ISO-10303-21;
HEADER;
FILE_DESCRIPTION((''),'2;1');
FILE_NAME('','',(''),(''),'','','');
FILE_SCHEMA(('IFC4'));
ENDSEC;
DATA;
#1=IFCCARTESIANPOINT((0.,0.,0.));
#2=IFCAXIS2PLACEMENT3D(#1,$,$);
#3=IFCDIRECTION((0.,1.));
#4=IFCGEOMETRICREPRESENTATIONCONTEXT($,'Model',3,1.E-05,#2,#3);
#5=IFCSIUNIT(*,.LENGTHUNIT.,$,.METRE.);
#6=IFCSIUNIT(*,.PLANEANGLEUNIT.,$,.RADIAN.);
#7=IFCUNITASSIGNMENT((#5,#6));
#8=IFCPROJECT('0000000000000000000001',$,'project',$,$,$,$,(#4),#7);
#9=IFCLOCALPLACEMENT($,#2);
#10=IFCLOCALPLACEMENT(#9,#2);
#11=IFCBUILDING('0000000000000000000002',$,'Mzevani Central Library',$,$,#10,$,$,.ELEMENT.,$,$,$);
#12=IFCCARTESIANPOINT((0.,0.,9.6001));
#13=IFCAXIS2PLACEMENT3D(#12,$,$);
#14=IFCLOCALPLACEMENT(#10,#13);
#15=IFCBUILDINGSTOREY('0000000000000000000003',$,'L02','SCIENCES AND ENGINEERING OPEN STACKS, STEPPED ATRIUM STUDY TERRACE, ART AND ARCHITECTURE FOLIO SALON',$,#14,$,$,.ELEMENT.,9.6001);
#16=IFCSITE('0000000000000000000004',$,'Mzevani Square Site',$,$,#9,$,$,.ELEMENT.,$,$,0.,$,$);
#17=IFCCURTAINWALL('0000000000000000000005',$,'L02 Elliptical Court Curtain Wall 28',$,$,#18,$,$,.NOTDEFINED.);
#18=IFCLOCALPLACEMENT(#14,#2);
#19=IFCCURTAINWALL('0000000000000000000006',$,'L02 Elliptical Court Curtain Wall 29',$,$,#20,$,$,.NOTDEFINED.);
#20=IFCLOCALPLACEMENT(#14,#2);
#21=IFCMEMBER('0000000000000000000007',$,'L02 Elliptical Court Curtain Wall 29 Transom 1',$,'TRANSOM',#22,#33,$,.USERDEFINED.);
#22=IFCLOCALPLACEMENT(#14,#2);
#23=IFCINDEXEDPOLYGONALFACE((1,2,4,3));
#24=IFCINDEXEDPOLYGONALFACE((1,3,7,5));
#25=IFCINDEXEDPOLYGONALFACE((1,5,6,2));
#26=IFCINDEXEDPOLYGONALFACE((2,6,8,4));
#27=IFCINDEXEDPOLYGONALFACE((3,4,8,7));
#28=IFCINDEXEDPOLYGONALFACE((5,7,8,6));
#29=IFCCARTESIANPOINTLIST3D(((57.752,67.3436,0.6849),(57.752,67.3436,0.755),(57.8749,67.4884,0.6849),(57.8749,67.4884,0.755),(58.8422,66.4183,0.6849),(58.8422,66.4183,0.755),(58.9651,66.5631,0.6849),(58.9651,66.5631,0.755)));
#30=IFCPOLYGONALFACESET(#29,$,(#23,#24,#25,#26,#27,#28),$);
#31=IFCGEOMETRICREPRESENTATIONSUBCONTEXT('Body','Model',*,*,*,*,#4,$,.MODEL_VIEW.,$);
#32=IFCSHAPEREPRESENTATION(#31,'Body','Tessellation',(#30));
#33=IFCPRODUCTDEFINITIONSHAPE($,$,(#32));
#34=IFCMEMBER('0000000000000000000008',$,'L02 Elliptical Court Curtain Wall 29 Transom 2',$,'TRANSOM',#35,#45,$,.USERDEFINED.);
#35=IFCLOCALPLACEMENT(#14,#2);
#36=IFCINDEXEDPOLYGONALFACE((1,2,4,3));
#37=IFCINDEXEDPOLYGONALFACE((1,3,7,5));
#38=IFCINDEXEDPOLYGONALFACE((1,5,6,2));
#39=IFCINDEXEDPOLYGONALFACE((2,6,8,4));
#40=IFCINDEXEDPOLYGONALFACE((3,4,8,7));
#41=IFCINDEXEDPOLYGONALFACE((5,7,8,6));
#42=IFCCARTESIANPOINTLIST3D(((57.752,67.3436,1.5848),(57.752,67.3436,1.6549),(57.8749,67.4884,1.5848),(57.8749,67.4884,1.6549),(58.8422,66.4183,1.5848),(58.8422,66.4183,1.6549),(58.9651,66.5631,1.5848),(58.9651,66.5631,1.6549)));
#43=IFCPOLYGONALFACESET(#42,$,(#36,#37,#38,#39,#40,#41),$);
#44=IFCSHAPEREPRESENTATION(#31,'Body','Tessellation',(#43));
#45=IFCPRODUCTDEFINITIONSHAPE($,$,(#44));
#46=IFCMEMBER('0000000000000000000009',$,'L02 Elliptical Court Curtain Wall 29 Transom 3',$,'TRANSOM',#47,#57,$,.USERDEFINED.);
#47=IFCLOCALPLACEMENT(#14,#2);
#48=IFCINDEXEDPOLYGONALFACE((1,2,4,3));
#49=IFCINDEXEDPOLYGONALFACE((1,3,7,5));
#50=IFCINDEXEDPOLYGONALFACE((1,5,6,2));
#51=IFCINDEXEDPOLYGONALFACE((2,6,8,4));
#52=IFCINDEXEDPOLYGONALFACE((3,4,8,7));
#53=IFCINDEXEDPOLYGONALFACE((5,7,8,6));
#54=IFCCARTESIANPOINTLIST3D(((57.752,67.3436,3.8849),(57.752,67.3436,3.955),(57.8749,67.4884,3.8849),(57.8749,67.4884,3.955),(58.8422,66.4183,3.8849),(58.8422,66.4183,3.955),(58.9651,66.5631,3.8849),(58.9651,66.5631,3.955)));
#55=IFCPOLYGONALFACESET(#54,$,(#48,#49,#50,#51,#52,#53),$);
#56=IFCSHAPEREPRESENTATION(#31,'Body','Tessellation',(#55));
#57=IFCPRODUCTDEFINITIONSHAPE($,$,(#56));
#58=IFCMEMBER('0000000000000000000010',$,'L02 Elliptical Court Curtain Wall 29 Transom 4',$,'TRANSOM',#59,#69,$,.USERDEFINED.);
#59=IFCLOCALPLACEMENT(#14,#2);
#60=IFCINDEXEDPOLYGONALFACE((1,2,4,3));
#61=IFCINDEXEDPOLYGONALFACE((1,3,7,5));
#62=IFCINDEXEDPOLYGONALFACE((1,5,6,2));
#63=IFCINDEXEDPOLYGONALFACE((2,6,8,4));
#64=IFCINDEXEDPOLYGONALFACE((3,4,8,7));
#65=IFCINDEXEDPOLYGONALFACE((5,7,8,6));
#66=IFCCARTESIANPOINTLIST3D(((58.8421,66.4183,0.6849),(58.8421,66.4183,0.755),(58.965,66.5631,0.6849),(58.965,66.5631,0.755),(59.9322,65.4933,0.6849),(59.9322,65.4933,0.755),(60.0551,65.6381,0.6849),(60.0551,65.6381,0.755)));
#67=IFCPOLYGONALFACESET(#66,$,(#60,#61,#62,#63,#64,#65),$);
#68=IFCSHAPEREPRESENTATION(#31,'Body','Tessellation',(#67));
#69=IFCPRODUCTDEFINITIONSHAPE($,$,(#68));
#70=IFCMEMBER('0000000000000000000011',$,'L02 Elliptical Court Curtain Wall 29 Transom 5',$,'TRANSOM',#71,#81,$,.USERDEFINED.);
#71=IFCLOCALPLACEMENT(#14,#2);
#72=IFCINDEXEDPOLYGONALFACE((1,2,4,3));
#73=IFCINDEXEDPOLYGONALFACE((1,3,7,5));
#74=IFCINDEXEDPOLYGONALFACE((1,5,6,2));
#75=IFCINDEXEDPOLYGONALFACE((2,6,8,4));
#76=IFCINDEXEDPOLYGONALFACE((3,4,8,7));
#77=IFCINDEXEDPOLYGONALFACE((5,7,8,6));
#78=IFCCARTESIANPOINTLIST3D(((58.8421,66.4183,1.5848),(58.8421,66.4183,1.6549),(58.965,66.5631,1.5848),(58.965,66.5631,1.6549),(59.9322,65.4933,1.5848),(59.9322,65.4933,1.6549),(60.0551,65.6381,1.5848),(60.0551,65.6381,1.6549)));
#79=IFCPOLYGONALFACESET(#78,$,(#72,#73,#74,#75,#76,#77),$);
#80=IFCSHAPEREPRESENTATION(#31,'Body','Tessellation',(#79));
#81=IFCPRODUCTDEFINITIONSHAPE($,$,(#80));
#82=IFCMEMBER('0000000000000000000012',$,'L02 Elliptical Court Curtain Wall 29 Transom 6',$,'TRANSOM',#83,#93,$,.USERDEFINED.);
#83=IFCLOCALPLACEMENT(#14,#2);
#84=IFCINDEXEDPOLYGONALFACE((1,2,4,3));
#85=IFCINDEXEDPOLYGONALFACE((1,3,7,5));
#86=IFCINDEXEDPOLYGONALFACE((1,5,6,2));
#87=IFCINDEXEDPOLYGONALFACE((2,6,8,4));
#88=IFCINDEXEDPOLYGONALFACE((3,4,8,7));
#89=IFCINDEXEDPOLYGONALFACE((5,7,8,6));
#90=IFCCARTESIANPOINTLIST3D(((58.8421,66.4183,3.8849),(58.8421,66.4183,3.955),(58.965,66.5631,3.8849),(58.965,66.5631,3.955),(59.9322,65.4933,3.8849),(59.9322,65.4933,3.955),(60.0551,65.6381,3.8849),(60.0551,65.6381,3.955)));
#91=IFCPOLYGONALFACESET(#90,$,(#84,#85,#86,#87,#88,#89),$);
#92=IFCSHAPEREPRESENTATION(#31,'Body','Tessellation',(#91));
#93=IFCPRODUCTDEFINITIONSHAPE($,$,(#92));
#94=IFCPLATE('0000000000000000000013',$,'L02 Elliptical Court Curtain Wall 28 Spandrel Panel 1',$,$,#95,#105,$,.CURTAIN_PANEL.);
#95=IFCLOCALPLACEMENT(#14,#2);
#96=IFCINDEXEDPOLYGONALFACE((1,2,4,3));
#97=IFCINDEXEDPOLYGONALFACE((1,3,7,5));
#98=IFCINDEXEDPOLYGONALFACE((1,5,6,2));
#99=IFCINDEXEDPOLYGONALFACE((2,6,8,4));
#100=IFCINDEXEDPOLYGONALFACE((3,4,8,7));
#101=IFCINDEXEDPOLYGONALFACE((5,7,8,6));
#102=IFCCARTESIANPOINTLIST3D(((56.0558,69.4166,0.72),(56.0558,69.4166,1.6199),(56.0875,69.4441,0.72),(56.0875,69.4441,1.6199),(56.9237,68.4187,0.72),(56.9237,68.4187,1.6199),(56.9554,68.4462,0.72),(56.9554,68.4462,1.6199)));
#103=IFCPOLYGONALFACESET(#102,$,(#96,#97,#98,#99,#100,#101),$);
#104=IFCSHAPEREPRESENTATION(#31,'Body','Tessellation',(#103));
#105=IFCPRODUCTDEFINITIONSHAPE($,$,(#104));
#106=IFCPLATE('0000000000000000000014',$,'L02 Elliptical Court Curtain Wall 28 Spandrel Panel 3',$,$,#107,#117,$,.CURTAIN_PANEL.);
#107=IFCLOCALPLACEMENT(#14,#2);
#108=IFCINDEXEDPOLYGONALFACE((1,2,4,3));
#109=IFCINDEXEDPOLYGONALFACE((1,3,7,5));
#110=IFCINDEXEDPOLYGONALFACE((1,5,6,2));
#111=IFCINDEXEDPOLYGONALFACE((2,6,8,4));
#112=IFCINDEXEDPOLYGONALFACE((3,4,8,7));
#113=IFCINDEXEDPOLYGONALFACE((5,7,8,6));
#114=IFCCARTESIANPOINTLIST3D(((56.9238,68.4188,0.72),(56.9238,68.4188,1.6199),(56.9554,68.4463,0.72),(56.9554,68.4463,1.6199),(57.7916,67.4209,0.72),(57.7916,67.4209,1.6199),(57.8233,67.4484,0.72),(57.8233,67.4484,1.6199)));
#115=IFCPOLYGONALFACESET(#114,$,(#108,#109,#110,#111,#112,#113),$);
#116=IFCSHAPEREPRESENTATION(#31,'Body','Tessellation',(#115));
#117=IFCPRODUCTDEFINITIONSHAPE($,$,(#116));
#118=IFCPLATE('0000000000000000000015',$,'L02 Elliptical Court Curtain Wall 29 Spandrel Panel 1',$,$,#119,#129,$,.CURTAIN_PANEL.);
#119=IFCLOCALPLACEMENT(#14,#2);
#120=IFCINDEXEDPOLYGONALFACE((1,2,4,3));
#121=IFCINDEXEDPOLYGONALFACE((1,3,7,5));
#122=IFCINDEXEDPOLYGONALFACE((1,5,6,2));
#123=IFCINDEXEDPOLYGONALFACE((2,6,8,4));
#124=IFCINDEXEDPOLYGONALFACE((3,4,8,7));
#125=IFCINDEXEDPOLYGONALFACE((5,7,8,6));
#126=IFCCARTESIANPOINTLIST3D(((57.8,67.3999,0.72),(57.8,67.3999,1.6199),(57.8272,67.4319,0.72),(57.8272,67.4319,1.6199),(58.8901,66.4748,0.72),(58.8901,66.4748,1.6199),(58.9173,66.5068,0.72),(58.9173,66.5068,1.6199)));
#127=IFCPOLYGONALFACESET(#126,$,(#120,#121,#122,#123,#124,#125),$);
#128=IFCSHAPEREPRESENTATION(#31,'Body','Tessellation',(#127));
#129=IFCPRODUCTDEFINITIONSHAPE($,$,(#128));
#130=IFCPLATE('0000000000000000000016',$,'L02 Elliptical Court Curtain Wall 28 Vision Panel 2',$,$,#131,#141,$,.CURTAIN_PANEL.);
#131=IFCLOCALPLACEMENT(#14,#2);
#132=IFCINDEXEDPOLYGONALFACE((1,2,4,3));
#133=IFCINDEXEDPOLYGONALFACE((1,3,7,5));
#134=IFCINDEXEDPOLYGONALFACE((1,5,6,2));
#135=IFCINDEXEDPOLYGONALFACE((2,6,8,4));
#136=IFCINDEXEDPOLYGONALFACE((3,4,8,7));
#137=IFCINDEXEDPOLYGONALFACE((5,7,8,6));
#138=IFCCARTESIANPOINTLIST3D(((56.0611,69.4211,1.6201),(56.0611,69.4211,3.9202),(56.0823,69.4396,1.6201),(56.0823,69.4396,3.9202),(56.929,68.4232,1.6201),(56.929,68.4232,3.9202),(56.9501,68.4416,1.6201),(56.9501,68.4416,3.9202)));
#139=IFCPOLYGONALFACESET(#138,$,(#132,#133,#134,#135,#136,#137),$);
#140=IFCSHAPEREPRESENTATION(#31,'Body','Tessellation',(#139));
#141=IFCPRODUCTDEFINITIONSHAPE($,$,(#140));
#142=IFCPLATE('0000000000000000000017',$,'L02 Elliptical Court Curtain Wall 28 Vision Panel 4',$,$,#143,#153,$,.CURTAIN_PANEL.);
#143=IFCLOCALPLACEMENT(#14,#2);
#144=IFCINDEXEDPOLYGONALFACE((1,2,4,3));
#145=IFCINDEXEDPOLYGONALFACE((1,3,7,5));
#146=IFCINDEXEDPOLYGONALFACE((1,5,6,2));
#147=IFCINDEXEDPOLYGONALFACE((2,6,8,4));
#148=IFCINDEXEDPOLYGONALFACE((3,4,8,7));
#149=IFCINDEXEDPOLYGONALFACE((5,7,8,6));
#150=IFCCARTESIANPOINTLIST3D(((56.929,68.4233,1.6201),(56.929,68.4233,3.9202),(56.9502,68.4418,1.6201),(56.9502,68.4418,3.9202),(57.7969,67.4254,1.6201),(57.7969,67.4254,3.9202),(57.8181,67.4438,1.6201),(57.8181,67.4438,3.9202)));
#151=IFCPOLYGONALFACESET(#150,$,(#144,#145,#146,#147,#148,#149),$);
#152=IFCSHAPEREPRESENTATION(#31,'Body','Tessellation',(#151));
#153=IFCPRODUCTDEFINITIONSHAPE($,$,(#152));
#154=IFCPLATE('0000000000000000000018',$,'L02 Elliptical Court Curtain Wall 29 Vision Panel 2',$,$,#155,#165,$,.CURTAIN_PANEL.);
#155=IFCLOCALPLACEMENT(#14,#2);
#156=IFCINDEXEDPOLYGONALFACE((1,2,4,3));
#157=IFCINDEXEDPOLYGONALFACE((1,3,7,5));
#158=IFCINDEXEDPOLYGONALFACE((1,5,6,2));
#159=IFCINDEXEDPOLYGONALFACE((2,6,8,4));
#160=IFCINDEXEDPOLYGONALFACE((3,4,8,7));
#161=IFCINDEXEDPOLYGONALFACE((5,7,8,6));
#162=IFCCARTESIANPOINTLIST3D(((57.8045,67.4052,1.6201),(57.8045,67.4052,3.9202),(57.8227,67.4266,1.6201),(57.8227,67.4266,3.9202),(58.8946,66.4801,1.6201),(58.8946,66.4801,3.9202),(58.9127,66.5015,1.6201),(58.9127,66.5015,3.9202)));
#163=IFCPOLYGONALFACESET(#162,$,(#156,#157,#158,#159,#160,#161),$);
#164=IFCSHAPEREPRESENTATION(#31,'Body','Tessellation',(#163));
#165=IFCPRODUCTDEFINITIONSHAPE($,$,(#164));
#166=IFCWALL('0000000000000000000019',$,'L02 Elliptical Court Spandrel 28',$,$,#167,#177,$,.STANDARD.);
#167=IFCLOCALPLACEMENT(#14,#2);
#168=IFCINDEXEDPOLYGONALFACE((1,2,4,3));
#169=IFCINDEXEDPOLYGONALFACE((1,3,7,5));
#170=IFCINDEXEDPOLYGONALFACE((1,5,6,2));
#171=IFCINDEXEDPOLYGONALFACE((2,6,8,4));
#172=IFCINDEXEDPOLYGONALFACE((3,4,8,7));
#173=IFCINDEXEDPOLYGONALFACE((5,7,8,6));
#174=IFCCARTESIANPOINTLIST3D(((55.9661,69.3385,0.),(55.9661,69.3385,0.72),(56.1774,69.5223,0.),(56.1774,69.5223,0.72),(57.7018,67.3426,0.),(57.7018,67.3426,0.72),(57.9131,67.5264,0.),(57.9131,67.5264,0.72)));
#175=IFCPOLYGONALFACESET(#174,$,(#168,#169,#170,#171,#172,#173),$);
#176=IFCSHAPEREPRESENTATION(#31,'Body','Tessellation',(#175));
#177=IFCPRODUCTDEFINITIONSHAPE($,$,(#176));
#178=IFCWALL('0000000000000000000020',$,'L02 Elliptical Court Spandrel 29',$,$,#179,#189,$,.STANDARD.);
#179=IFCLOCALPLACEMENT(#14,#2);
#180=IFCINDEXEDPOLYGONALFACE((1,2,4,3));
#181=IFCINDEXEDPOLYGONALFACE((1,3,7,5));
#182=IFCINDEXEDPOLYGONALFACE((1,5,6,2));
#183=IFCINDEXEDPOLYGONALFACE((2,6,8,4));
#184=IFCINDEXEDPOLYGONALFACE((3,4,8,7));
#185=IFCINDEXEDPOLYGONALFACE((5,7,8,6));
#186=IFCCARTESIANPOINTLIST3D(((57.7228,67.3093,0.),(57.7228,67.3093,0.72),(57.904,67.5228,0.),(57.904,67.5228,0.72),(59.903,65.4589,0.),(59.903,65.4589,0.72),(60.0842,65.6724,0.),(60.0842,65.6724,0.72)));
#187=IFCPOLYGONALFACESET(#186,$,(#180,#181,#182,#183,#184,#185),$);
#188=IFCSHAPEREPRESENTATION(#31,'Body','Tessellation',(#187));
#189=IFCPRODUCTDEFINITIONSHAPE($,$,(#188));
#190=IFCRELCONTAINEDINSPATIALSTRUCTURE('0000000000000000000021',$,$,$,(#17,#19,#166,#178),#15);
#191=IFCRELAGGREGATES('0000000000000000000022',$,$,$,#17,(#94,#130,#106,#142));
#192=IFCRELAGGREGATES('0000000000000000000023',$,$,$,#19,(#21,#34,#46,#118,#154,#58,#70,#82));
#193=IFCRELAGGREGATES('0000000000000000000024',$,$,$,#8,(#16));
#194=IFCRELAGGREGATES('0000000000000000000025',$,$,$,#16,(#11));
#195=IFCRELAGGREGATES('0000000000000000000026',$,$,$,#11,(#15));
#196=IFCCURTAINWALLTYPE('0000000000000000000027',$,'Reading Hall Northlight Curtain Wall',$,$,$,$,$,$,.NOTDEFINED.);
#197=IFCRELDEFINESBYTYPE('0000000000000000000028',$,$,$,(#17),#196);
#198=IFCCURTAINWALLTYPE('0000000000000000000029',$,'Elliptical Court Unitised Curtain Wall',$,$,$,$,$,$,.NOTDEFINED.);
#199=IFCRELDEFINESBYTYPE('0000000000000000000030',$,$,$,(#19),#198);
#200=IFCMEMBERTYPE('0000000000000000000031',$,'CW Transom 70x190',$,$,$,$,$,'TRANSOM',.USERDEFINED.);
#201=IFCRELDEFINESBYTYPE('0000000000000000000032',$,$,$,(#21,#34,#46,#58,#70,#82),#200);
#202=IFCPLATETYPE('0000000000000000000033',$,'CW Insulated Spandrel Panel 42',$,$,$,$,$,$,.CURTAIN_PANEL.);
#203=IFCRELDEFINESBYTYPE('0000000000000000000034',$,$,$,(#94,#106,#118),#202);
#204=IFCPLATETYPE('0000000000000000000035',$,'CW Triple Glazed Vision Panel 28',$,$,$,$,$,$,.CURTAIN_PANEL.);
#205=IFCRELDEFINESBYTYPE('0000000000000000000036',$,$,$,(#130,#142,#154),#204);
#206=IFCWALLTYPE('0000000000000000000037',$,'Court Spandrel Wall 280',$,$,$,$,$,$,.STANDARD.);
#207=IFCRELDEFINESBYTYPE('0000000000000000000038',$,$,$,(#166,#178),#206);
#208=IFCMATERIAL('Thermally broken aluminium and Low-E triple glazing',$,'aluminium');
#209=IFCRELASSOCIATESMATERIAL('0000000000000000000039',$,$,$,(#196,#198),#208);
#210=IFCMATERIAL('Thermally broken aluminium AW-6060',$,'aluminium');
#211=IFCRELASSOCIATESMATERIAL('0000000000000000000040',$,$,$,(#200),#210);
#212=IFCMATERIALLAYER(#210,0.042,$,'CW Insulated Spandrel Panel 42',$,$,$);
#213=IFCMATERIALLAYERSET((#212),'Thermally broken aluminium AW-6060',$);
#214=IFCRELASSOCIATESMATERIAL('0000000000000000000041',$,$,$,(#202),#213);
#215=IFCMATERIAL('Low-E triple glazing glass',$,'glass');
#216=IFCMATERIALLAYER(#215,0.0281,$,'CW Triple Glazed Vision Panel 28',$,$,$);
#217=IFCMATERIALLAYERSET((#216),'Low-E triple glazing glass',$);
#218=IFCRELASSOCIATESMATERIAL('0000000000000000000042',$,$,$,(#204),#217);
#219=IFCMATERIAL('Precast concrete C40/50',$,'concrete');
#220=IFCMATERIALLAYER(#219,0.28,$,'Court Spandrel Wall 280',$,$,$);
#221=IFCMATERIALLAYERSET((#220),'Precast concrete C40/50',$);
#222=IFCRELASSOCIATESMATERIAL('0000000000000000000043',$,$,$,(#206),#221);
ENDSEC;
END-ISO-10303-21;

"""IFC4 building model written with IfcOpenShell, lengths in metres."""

from ifc_helpers import new_model, si_unit, direction, frame, frame_2d, origin, origin_2d, place, context, subcontext, project, spatial, rectangle, extrude, material, layer, layer_set, material_profile, profile_set, type_object, element, aggregate, save


model = new_model("IFC4")

# Units and contexts
model_context = context("Model", 3, precision=1e-05, world=origin(), true_north=direction((0.0, 1.0)))
body_context = subcontext(model_context, "Body", "Model", "MODEL_VIEW")
ifc_project = project(units=[si_unit("LENGTHUNIT", "METRE"), si_unit("PLANEANGLEUNIT", "RADIAN")], contexts=[model_context])

# Site, building, storey
site_placement = place(None, origin())
site = spatial("IfcSite", under=ifc_project, at=site_placement, Name="Mzevani Square Site", CompositionType="ELEMENT", RefElevation=0.0)
building_placement = place(site_placement, origin())
building = spatial("IfcBuilding", under=site, at=building_placement, Name="Mzevani Central Library", CompositionType="ELEMENT")
storey_placement = place(building_placement, frame((0.0, 0.0, 9.6001)))
storey = spatial("IfcBuildingStorey", under=building, at=storey_placement, Name="L02", Description="SCIENCES AND ENGINEERING OPEN STACKS, STEPPED ATRIUM STUDY TERRACE, ART AND ARCHITECTURE FOLIO SALON", CompositionType="ELEMENT", Elevation=9.6001)

# Curtain walls
ifc_material_1 = material(Name="Thermally broken aluminium and Low-E triple glazing", Category="aluminium")
curtain_wall_type_1 = type_object("IfcCurtainWallType", Name="Reading Hall Northlight Curtain Wall", PredefinedType="NOTDEFINED", material=ifc_material_1)
curtain_wall_1_placement = place(storey_placement, origin())
curtain_wall_1 = element("IfcCurtainWall", 1, at=curtain_wall_1_placement, inside=storey, type_object=curtain_wall_type_1, Name="L02 Elliptical Court Curtain Wall 28", PredefinedType="NOTDEFINED")
ifc_material_2 = material(Name="Thermally broken aluminium AW-6060", Category="aluminium")
curtain_wall_type_2 = type_object("IfcCurtainWallType", Name="Elliptical Court Unitised Curtain Wall", PredefinedType="NOTDEFINED", material=ifc_material_1)
curtain_wall_2_placement = place(storey_placement, origin())
curtain_wall_2 = element("IfcCurtainWall", 2, at=curtain_wall_2_placement, inside=storey, type_object=curtain_wall_type_2, Name="L02 Elliptical Court Curtain Wall 29", PredefinedType="NOTDEFINED")

# Members
ifc_material_profile_1 = material_profile(ifc_material_2, rectangle(XDim=0.1899, YDim=0.0701, at=origin_2d()), Name="ALU T70x190")
ifc_profile_set_1 = profile_set([ifc_material_profile_1], Name="Thermally broken aluminium AW-6060")
member_type_1 = type_object("IfcMemberType", Name="CW Transom 70x190", ElementType="TRANSOM", PredefinedType="USERDEFINED", material=ifc_profile_set_1)
member_1_placement = place(storey_placement, frame((57.8135, 67.416, 0.72), z_axis=(0.762381, -0.647128, 0.0), x_axis=(0.647128, 0.762381, 0.0)))
member_1 = element("IfcMember", 3, at=member_1_placement, type_object=member_type_1, Name="L02 Elliptical Court Curtain Wall 29 Transom 1", ObjectType="TRANSOM", PredefinedType="USERDEFINED", context=body_context, shape_type="SweptSolid", body=[
    extrude(rectangle(XDim=0.1899, YDim=0.0701, at=origin_2d()), origin(), (0.0, 0.0, 1.0), 1.4299),
])
member_2_placement = place(storey_placement, frame((57.8135, 67.416, 1.6199), z_axis=(0.762381, -0.647128, 0.0), x_axis=(0.647128, 0.762381, 0.0)))
member_2 = element("IfcMember", 4, at=member_2_placement, type_object=member_type_1, Name="L02 Elliptical Court Curtain Wall 29 Transom 2", ObjectType="TRANSOM", PredefinedType="USERDEFINED", context=body_context, shape_type="SweptSolid", body=[
    extrude(rectangle(XDim=0.1899, YDim=0.0701, at=origin_2d()), origin(), (0.0, 0.0, 1.0), 1.4299),
])
member_3_placement = place(storey_placement, frame((57.8135, 67.416, 3.9199), z_axis=(0.762381, -0.647128, 0.0), x_axis=(0.647128, 0.762381, 0.0)))
member_3 = element("IfcMember", 5, at=member_3_placement, type_object=member_type_1, Name="L02 Elliptical Court Curtain Wall 29 Transom 3", ObjectType="TRANSOM", PredefinedType="USERDEFINED", context=body_context, shape_type="SweptSolid", body=[
    extrude(rectangle(XDim=0.1899, YDim=0.0701, at=origin_2d()), origin(), (0.0, 0.0, 1.0), 1.4299),
])
member_4_placement = place(storey_placement, frame((58.9036, 66.4907, 0.72), z_axis=(0.762466, -0.647029, 0.0), x_axis=(0.647029, 0.762466, 0.0)))
member_4 = element("IfcMember", 6, at=member_4_placement, type_object=member_type_1, Name="L02 Elliptical Court Curtain Wall 29 Transom 4", ObjectType="TRANSOM", PredefinedType="USERDEFINED", context=body_context, shape_type="SweptSolid", body=[
    extrude(rectangle(XDim=0.1899, YDim=0.0701, at=origin_2d()), origin(), (0.0, 0.0, 1.0), 1.4297),
])
member_5_placement = place(storey_placement, frame((58.9036, 66.4907, 1.6199), z_axis=(0.762466, -0.647029, 0.0), x_axis=(0.647029, 0.762466, 0.0)))
member_5 = element("IfcMember", 7, at=member_5_placement, type_object=member_type_1, Name="L02 Elliptical Court Curtain Wall 29 Transom 5", ObjectType="TRANSOM", PredefinedType="USERDEFINED", context=body_context, shape_type="SweptSolid", body=[
    extrude(rectangle(XDim=0.1899, YDim=0.0701, at=origin_2d()), origin(), (0.0, 0.0, 1.0), 1.4297),
])
member_6_placement = place(storey_placement, frame((58.9036, 66.4907, 3.9199), z_axis=(0.762466, -0.647029, 0.0), x_axis=(0.647029, 0.762466, 0.0)))
member_6 = element("IfcMember", 8, at=member_6_placement, type_object=member_type_1, Name="L02 Elliptical Court Curtain Wall 29 Transom 6", ObjectType="TRANSOM", PredefinedType="USERDEFINED", context=body_context, shape_type="SweptSolid", body=[
    extrude(rectangle(XDim=0.1899, YDim=0.0701, at=origin_2d()), origin(), (0.0, 0.0, 1.0), 1.4297),
])

# Plates
ifc_layer_1 = layer(ifc_material_2, 0.042, Name="CW Insulated Spandrel Panel 42")
ifc_layer_set_1 = layer_set([ifc_layer_1], Name="Thermally broken aluminium AW-6060")
plate_type_1 = type_object("IfcPlateType", Name="CW Insulated Spandrel Panel 42", PredefinedType="CURTAIN_PANEL", material=ifc_layer_set_1)
plate_1_placement = place(storey_placement, frame((56.5056, 68.9314, 0.72), z_axis=(0.0, 0.0, 1.0), x_axis=(0.656226, -0.754564, 0.0)))
plate_1 = element("IfcPlate", 9, at=plate_1_placement, type_object=plate_type_1, Name="L02 Elliptical Court Curtain Wall 28 Spandrel Panel 1", PredefinedType="CURTAIN_PANEL", context=body_context, shape_type="SweptSolid", body=[
    extrude(rectangle(XDim=1.3225, YDim=0.042, at=origin_2d()), origin(), (0.0, 0.0, 1.0), 0.8999),
])
plate_2_placement = place(storey_placement, frame((57.3735, 67.9336, 0.72), z_axis=(0.0, 0.0, 1.0), x_axis=(0.656226, -0.754564, 0.0)))
plate_2 = element("IfcPlate", 10, at=plate_2_placement, type_object=plate_type_1, Name="L02 Elliptical Court Curtain Wall 28 Spandrel Panel 3", PredefinedType="CURTAIN_PANEL", context=body_context, shape_type="SweptSolid", body=[
    extrude(rectangle(XDim=1.3225, YDim=0.042, at=origin_2d()), origin(), (0.0, 0.0, 1.0), 0.8999),
])
plate_3_placement = place(storey_placement, frame((58.3586, 66.9534, 0.72), z_axis=(0.0, 0.0, 1.0), x_axis=(0.762435, -0.647065, 0.0)))
plate_3 = element("IfcPlate", 11, at=plate_3_placement, type_object=plate_type_1, Name="L02 Elliptical Court Curtain Wall 29 Spandrel Panel 1", PredefinedType="CURTAIN_PANEL", context=body_context, shape_type="SweptSolid", body=[
    extrude(rectangle(XDim=1.4297, YDim=0.042, at=origin_2d()), origin(), (0.0, 0.0, 1.0), 0.8999),
])
ifc_material_3 = material(Name="Low-E triple glazing glass", Category="glass")
ifc_layer_2 = layer(ifc_material_3, 0.0281, Name="CW Triple Glazed Vision Panel 28")
ifc_layer_set_2 = layer_set([ifc_layer_2], Name="Low-E triple glazing glass")
plate_type_2 = type_object("IfcPlateType", Name="CW Triple Glazed Vision Panel 28", PredefinedType="CURTAIN_PANEL", material=ifc_layer_set_2)
plate_4_placement = place(storey_placement, frame((56.5056, 68.9314, 1.6201), z_axis=(0.0, 0.0, 1.0), x_axis=(0.656226, -0.754564, 0.0)))
plate_4 = element("IfcPlate", 12, at=plate_4_placement, type_object=plate_type_2, Name="L02 Elliptical Court Curtain Wall 28 Vision Panel 2", PredefinedType="CURTAIN_PANEL", context=body_context, shape_type="SweptSolid", body=[
    extrude(rectangle(XDim=1.3225, YDim=0.0281, at=origin_2d()), origin(), (0.0, 0.0, 1.0), 2.3),
])
plate_5_placement = place(storey_placement, frame((57.3735, 67.9336, 1.6201), z_axis=(0.0, 0.0, 1.0), x_axis=(0.656226, -0.754564, 0.0)))
plate_5 = element("IfcPlate", 13, at=plate_5_placement, type_object=plate_type_2, Name="L02 Elliptical Court Curtain Wall 28 Vision Panel 4", PredefinedType="CURTAIN_PANEL", context=body_context, shape_type="SweptSolid", body=[
    extrude(rectangle(XDim=1.3225, YDim=0.0281, at=origin_2d()), origin(), (0.0, 0.0, 1.0), 2.3),
])
aggregate(curtain_wall_1, [plate_1, plate_4, plate_2, plate_5])
plate_6_placement = place(storey_placement, frame((58.3586, 66.9534, 1.6201), z_axis=(0.0, 0.0, 1.0), x_axis=(0.762435, -0.647065, 0.0)))
plate_6 = element("IfcPlate", 14, at=plate_6_placement, type_object=plate_type_2, Name="L02 Elliptical Court Curtain Wall 29 Vision Panel 2", PredefinedType="CURTAIN_PANEL", context=body_context, shape_type="SweptSolid", body=[
    extrude(rectangle(XDim=1.4297, YDim=0.0281, at=origin_2d()), origin(), (0.0, 0.0, 1.0), 2.3),
])
aggregate(curtain_wall_2, [member_1, member_2, member_3, plate_3, plate_6, member_4, member_5, member_6])

# Walls
ifc_material_4 = material(Name="Precast concrete C40/50", Category="concrete")
ifc_layer_3 = layer(ifc_material_4, 0.28, Name="Court Spandrel Wall 280")
ifc_layer_set_3 = layer_set([ifc_layer_3], Name="Precast concrete C40/50")
wall_type = type_object("IfcWallType", Name="Court Spandrel Wall 280", PredefinedType="STANDARD", material=ifc_layer_set_3)
wall_1_placement = place(storey_placement, frame((56.0718, 69.4304, 0.0), z_axis=(0.0, 0.0, 1.0), x_axis=(0.656195, -0.754592, 0.0)))
element("IfcWall", 15, at=wall_1_placement, inside=storey, type_object=wall_type, Name="L02 Elliptical Court Spandrel 28", PredefinedType="STANDARD", context=body_context, shape_type="SweptSolid", body=[
    extrude(rectangle(XDim=2.645, YDim=0.28, at=frame_2d((1.3225, 0.0))), origin(), (0.0, 0.0, 1.0), 0.72),
])
wall_2_placement = place(storey_placement, frame((57.8135, 67.416, 0.0), z_axis=(0.0, 0.0, 1.0), x_axis=(0.762424, -0.647078, 0.0)))
element("IfcWall", 16, at=wall_2_placement, inside=storey, type_object=wall_type, Name="L02 Elliptical Court Spandrel 29", PredefinedType="STANDARD", context=body_context, shape_type="SweptSolid", body=[
    extrude(rectangle(XDim=2.8596, YDim=0.28, at=frame_2d((1.4297, 0.0))), origin(), (0.0, 0.0, 1.0), 0.72),
])

save(model, "model.ifc")
